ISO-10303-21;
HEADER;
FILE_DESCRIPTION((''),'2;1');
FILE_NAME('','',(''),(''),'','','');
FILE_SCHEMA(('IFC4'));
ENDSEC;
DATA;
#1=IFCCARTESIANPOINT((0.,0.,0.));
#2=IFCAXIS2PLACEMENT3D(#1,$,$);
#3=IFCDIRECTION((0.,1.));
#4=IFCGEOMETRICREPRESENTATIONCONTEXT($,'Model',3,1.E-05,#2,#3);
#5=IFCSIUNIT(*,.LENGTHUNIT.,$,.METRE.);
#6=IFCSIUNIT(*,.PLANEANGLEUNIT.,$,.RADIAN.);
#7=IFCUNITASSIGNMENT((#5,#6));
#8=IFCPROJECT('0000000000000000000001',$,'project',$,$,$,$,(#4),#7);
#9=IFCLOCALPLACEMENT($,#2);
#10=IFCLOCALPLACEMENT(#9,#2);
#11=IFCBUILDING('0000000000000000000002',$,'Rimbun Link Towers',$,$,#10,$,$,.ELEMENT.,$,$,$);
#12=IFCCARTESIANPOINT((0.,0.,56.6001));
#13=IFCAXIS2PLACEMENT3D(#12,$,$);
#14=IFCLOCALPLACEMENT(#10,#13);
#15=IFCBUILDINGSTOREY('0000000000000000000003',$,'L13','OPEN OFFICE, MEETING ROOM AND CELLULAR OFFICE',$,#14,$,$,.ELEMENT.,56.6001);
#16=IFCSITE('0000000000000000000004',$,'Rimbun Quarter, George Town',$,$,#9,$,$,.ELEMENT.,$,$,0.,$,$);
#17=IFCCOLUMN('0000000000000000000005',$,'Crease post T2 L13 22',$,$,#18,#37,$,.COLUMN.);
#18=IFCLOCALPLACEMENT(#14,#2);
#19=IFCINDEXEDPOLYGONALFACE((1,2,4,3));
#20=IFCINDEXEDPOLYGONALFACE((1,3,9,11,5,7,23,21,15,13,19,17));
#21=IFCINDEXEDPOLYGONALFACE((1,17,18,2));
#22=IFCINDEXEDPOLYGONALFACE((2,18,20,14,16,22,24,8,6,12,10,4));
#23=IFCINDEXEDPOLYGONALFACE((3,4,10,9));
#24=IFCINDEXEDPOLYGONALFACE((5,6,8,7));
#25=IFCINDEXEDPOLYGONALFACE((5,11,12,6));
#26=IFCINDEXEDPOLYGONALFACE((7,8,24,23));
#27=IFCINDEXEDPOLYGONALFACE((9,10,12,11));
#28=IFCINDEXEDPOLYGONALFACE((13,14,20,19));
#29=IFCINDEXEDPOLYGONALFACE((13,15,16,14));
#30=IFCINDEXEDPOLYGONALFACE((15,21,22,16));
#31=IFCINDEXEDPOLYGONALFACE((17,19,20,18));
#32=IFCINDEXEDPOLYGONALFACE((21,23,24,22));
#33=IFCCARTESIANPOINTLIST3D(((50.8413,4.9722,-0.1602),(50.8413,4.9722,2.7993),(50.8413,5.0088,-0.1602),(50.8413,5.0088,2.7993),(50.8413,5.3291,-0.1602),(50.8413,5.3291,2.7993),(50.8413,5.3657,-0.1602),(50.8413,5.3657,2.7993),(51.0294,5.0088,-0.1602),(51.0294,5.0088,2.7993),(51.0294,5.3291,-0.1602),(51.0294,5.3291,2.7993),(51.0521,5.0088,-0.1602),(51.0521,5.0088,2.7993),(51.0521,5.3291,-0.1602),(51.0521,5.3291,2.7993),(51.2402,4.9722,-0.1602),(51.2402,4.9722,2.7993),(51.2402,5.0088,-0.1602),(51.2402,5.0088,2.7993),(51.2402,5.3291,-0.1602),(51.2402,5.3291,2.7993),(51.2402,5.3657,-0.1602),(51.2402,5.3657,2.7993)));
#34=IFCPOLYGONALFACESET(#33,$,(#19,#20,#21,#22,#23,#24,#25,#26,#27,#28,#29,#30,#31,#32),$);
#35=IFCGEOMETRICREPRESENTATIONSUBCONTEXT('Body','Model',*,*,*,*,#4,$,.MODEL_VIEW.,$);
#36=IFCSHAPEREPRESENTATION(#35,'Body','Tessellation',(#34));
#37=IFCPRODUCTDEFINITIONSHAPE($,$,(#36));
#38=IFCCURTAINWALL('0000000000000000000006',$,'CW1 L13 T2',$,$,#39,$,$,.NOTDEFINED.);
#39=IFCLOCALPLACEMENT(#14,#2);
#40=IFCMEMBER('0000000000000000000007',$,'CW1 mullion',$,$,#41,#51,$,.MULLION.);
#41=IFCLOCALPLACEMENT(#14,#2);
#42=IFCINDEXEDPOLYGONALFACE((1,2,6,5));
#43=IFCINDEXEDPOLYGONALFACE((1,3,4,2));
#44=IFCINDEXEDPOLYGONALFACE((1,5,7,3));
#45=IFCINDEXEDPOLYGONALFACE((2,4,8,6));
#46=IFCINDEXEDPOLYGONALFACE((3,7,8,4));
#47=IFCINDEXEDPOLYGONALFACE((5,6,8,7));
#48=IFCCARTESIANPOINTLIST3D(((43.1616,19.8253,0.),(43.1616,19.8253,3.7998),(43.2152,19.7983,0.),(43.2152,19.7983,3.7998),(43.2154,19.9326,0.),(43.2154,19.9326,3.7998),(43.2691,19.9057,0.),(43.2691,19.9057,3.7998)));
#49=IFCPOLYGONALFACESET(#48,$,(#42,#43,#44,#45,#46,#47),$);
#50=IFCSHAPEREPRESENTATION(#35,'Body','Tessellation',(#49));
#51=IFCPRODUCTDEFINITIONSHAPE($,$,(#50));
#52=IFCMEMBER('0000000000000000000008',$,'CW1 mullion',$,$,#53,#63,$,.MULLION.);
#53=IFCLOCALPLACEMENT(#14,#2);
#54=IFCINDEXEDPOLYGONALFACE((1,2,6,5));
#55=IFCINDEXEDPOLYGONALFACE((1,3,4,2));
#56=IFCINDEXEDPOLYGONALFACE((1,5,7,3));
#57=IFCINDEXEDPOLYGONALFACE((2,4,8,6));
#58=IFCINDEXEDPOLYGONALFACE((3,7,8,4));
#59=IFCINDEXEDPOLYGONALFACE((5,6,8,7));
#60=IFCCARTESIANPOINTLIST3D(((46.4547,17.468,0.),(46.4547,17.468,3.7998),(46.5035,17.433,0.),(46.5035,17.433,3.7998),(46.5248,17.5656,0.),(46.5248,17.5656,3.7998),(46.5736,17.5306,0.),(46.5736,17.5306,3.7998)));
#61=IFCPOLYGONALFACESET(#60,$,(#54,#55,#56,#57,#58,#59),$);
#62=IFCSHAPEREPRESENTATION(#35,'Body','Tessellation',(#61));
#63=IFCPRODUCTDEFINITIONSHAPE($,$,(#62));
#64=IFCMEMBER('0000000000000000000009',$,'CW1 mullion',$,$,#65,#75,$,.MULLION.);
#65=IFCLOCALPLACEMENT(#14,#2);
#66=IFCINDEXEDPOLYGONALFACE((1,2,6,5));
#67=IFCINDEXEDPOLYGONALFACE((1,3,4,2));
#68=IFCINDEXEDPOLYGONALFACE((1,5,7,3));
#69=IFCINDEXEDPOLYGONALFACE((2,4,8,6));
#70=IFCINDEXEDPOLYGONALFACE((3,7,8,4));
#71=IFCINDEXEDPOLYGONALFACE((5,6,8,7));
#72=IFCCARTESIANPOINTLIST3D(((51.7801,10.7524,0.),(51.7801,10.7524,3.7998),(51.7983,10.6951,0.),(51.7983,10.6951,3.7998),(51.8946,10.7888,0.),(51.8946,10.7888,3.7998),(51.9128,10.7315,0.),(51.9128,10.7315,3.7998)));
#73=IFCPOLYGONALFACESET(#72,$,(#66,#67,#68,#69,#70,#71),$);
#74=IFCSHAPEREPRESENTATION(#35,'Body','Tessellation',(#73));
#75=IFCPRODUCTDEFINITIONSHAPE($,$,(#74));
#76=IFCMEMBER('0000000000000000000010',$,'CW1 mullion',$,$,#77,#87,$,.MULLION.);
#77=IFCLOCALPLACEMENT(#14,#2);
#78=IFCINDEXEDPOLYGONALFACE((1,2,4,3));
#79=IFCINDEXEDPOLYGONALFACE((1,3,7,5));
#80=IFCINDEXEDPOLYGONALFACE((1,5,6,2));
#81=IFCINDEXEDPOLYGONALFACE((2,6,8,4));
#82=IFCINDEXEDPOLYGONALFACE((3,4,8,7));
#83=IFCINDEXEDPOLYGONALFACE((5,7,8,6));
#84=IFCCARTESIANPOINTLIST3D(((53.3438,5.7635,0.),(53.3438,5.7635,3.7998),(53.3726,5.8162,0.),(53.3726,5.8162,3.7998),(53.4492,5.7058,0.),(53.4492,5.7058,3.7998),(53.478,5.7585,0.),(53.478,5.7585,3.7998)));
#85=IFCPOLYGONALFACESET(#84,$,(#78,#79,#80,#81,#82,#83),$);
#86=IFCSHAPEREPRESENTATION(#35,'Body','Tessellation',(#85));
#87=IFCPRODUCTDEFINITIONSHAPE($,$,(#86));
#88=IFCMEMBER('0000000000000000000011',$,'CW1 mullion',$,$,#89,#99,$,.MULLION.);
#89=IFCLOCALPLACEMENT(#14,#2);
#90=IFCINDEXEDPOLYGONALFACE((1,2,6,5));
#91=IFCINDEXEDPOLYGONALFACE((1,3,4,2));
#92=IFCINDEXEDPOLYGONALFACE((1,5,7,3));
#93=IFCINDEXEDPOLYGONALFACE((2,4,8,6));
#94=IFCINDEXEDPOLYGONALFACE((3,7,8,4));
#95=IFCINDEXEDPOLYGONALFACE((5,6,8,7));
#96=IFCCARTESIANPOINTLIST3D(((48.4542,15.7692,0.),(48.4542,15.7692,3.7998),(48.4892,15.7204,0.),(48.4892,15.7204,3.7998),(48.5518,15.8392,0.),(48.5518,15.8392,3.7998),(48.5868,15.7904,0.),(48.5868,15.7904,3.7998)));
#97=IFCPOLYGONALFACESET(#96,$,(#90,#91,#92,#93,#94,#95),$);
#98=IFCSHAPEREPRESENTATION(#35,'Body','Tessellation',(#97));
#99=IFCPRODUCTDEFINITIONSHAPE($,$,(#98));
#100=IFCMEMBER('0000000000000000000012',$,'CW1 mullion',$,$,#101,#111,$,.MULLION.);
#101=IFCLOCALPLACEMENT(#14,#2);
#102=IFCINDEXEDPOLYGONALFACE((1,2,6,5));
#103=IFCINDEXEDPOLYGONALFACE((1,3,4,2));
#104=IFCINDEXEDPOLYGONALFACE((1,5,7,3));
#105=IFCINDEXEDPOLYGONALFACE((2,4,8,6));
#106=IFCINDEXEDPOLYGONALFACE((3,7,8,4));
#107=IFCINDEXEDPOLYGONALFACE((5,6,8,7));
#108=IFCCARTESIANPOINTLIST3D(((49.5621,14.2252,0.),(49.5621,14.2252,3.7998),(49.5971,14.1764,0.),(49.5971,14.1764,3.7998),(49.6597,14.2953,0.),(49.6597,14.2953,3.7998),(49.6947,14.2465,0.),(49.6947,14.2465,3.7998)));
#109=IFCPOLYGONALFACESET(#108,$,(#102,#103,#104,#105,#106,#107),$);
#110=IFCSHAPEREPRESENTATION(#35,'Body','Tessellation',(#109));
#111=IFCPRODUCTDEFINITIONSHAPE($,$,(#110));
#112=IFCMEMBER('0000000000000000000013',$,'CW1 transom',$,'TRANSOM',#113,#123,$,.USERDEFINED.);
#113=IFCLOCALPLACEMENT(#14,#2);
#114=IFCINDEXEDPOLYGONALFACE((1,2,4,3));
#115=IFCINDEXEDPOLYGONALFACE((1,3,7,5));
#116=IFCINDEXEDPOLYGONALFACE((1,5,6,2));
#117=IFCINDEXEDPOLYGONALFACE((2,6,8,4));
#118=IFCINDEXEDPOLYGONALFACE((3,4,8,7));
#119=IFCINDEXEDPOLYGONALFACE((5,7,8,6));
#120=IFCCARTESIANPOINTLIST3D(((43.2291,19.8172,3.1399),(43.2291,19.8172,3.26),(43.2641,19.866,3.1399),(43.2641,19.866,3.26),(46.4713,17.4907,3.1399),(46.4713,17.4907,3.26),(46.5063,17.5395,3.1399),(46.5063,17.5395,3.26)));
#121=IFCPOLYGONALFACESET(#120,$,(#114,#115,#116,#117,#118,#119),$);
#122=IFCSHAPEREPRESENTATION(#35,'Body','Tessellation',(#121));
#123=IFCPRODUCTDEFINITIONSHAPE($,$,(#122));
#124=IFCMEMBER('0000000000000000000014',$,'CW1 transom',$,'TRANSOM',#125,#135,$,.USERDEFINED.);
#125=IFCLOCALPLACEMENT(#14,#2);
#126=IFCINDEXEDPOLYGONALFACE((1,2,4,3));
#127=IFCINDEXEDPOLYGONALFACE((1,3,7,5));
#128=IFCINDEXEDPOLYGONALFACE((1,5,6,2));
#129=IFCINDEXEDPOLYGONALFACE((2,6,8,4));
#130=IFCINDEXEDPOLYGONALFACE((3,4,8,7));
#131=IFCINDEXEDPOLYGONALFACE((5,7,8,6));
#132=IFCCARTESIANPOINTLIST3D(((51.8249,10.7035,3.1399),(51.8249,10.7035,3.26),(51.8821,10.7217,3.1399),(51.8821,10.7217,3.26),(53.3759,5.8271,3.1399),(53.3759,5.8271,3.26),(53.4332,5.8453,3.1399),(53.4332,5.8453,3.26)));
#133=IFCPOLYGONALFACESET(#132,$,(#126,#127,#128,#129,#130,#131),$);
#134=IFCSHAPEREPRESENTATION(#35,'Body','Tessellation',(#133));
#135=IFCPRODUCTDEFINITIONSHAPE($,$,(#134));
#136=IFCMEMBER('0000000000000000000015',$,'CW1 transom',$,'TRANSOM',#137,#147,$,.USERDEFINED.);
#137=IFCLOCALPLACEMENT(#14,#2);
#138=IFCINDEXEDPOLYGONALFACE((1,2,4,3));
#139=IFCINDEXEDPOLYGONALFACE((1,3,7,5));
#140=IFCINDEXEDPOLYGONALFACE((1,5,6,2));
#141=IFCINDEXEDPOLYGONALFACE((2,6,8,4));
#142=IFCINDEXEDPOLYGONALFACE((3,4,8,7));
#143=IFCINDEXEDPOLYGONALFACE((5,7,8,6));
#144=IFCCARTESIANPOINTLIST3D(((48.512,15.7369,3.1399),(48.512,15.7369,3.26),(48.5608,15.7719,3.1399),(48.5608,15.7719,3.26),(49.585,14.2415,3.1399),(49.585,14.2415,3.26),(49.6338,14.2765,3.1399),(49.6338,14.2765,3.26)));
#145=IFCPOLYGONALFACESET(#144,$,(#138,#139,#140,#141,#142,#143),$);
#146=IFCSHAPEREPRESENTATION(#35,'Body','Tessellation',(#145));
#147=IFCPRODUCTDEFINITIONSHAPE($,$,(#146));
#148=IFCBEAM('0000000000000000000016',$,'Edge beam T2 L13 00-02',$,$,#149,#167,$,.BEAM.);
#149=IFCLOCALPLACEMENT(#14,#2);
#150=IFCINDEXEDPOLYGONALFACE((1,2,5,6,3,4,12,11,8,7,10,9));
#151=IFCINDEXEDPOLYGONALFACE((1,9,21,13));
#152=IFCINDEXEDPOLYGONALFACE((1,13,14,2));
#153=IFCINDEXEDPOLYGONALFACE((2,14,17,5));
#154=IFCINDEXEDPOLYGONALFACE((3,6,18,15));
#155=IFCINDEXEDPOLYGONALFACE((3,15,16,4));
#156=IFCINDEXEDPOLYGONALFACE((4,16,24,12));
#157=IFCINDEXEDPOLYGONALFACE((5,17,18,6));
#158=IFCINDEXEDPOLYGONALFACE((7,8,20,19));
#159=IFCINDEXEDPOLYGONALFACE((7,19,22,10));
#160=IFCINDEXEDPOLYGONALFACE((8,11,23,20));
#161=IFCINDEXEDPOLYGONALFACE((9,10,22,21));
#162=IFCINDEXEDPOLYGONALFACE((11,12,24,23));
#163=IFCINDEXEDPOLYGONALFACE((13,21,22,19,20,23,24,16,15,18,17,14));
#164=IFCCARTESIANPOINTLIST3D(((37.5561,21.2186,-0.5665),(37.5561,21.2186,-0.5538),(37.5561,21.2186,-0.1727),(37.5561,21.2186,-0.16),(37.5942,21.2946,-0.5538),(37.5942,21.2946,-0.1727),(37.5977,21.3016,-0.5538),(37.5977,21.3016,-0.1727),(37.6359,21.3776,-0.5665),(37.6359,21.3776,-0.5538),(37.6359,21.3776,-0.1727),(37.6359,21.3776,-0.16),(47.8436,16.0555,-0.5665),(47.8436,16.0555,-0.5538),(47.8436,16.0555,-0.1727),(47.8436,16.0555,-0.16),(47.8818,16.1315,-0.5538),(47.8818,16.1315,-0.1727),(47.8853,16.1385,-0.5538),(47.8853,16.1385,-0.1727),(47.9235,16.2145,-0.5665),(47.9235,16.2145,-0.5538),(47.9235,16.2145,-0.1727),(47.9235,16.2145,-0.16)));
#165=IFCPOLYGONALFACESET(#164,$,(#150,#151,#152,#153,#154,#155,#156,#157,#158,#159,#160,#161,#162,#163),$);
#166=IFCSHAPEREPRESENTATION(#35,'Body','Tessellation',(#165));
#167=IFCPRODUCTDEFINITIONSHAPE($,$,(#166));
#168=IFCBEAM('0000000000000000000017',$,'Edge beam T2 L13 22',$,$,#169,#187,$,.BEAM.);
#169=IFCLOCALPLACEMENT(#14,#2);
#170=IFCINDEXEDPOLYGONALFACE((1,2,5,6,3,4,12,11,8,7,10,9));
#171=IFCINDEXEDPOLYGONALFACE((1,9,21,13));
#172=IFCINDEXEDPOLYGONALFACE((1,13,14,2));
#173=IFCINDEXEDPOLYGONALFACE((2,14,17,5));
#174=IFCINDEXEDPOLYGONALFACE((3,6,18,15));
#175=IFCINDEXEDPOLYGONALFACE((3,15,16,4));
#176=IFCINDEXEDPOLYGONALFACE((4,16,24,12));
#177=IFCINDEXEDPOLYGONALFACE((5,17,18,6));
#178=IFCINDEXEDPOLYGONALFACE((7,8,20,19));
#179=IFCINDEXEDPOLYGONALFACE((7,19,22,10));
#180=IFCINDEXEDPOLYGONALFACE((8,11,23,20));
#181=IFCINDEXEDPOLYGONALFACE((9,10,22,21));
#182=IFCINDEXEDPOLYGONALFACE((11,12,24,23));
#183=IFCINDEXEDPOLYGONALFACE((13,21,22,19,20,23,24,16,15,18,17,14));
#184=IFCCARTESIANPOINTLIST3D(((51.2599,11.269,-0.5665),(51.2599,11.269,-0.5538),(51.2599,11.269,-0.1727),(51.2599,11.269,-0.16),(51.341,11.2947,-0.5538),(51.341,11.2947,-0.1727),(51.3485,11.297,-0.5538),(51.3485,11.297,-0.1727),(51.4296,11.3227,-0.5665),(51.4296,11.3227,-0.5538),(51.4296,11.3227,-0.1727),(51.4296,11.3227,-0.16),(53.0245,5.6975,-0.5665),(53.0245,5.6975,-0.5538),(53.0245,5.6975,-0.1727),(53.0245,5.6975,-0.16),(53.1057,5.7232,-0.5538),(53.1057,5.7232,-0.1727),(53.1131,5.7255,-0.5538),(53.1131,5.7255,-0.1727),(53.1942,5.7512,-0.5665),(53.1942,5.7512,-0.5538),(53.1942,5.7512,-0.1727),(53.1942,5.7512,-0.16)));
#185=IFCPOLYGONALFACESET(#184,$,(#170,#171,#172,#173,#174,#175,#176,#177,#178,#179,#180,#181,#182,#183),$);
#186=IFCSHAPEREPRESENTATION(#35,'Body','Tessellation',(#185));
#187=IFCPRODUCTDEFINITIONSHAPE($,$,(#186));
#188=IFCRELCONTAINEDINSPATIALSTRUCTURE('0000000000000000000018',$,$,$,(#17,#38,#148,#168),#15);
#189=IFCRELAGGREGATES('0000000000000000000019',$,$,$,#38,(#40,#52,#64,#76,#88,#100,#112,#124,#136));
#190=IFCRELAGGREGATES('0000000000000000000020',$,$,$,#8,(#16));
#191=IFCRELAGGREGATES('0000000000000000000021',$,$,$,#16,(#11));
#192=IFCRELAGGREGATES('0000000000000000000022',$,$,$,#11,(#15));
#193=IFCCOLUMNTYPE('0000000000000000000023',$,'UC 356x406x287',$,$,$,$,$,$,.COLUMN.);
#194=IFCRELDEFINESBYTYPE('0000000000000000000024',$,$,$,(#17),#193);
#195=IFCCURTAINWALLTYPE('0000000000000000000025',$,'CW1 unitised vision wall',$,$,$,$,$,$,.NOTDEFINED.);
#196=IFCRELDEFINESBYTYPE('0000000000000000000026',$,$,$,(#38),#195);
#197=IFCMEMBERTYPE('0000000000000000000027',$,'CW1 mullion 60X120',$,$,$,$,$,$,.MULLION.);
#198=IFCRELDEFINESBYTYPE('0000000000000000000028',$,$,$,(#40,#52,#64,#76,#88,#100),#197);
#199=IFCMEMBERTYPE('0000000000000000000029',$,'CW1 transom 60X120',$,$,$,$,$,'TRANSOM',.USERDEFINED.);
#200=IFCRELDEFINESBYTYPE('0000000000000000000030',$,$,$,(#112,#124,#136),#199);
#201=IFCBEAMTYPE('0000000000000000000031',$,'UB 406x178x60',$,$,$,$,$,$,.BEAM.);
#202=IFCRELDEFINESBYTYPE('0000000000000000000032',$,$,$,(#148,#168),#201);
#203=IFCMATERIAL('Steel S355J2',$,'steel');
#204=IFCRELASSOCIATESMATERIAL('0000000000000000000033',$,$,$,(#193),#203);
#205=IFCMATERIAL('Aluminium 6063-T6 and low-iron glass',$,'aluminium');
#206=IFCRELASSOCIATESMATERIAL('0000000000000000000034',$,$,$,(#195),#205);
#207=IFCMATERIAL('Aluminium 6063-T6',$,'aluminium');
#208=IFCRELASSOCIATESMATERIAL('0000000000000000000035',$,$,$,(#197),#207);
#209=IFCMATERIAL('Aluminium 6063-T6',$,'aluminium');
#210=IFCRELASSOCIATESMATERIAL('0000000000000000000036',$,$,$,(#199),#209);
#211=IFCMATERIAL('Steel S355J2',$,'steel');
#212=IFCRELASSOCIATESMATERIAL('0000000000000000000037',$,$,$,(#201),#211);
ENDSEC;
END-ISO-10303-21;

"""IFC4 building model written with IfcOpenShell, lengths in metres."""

from ifc_helpers import new_model, si_unit, direction, frame, origin, origin_2d, place, context, subcontext, project, spatial, rectangle, i_section, extrude, material, material_profile, profile_set, type_object, element, aggregate, save


model = new_model("IFC4")

# Units and contexts
model_context = context("Model", 3, precision=1e-05, world=origin(), true_north=direction((0.0, 1.0)))
body_context = subcontext(model_context, "Body", "Model", "MODEL_VIEW")
ifc_project = project(units=[si_unit("LENGTHUNIT", "METRE"), si_unit("PLANEANGLEUNIT", "RADIAN")], contexts=[model_context])

# Site, building, storey
site_placement = place(None, origin())
site = spatial("IfcSite", under=ifc_project, at=site_placement, Name="Rimbun Quarter, George Town", CompositionType="ELEMENT", RefElevation=0.0)
building_placement = place(site_placement, origin())
building = spatial("IfcBuilding", under=site, at=building_placement, Name="Rimbun Link Towers", CompositionType="ELEMENT")
storey_placement = place(building_placement, frame((0.0, 0.0, 56.6001)))
storey = spatial("IfcBuildingStorey", under=building, at=storey_placement, Name="L13", Description="OPEN OFFICE, MEETING ROOM AND CELLULAR OFFICE", CompositionType="ELEMENT", Elevation=56.6001)

# Column
ifc_material_1 = material(Name="Steel S355J2", Category="steel")
ifc_material_profile_1 = material_profile(ifc_material_1, i_section(OverallWidth=0.3989, OverallDepth=0.3936, WebThickness=0.0227, FlangeThickness=0.0366, at=origin_2d()), Name="UC 356x406x287")
ifc_profile_set_1 = profile_set([ifc_material_profile_1], Name="Steel S355J2")
column_type = type_object("IfcColumnType", Name="UC 356x406x287", PredefinedType="COLUMN", material=ifc_profile_set_1)
column_placement = place(storey_placement, frame((51.0408, 5.1689, -0.1602), z_axis=(0.0, 0.0, 1.0), x_axis=(1.0, 0.0, 0.0)))
element("IfcColumn", 1, at=column_placement, inside=storey, type_object=column_type, Name="Crease post T2 L13 22", PredefinedType="COLUMN", context=body_context, shape_type="SweptSolid", body=[
    extrude(i_section(OverallWidth=0.3989, OverallDepth=0.3936, WebThickness=0.0227, FlangeThickness=0.0366, at=origin_2d()), origin(), (0.0, 0.0, 1.0), 2.9595),
])

# Curtain wall, members
ifc_material_2 = material(Name="Aluminium 6063-T6 and low-iron glass", Category="aluminium")
curtain_wall_type = type_object("IfcCurtainWallType", Name="CW1 unitised vision wall", PredefinedType="NOTDEFINED", material=ifc_material_2)
curtain_wall_placement = place(storey_placement, origin())
curtain_wall = element("IfcCurtainWall", 2, at=curtain_wall_placement, inside=storey, type_object=curtain_wall_type, Name="CW1 L13 T2", PredefinedType="NOTDEFINED")
ifc_material_3 = material(Name="Aluminium 6063-T6", Category="aluminium")
ifc_material_profile_2 = material_profile(ifc_material_3, rectangle(XDim=0.1201, YDim=0.0601, at=origin_2d()), Name="MULLION 60X120")
ifc_profile_set_2 = profile_set([ifc_material_profile_2], Name="Aluminium 6063-T6")
member_type_1 = type_object("IfcMemberType", Name="CW1 mullion 60X120", PredefinedType="MULLION", material=ifc_profile_set_2)
member_1_placement = place(storey_placement, frame((43.2153, 19.8655, 0.0), z_axis=(0.0, 0.0, 1.0), x_axis=(0.448574, 0.893746, 0.0)))
member_1 = element("IfcMember", 3, at=member_1_placement, type_object=member_type_1, Name="CW1 mullion", PredefinedType="MULLION", context=body_context, shape_type="SweptSolid", body=[
    extrude(rectangle(XDim=0.1201, YDim=0.0601, at=origin_2d()), origin(), (0.0, 0.0, 1.0), 3.7998),
])
member_2_placement = place(storey_placement, frame((46.5142, 17.4993, 0.0), z_axis=(0.0, 0.0, 1.0), x_axis=(0.583004, 0.812469, 0.0)))
member_2 = element("IfcMember", 4, at=member_2_placement, type_object=member_type_1, Name="CW1 mullion", PredefinedType="MULLION", context=body_context, shape_type="SweptSolid", body=[
    extrude(rectangle(XDim=0.1201, YDim=0.0601, at=origin_2d()), origin(), (0.0, 0.0, 1.0), 3.7998),
])
member_3_placement = place(storey_placement, frame((51.8464, 10.7419, 0.0), z_axis=(0.0, 0.0, 1.0), x_axis=(0.952967, 0.303073, 0.0)))
member_3 = element("IfcMember", 5, at=member_3_placement, type_object=member_type_1, Name="CW1 mullion", PredefinedType="MULLION", context=body_context, shape_type="SweptSolid", body=[
    extrude(rectangle(XDim=0.1201, YDim=0.0601, at=origin_2d()), origin(), (0.0, 0.0, 1.0), 3.7998),
])
member_4_placement = place(storey_placement, frame((53.4109, 5.761, 0.0), z_axis=(0.0, 0.0, 1.0), x_axis=(0.877319, -0.479908, 0.0)))
member_4 = element("IfcMember", 6, at=member_4_placement, type_object=member_type_1, Name="CW1 mullion", PredefinedType="MULLION", context=body_context, shape_type="SweptSolid", body=[
    extrude(rectangle(XDim=0.1201, YDim=0.0601, at=origin_2d()), origin(), (0.0, 0.0, 1.0), 3.7998),
])
member_5_placement = place(storey_placement, frame((48.5205, 15.7798, 0.0), z_axis=(0.0, 0.0, 1.0), x_axis=(0.812469, 0.583004, 0.0)))
member_5 = element("IfcMember", 7, at=member_5_placement, type_object=member_type_1, Name="CW1 mullion", PredefinedType="MULLION", context=body_context, shape_type="SweptSolid", body=[
    extrude(rectangle(XDim=0.1201, YDim=0.0601, at=origin_2d()), origin(), (0.0, 0.0, 1.0), 3.7998),
])
member_6_placement = place(storey_placement, frame((49.6284, 14.2358, 0.0), z_axis=(0.0, 0.0, 1.0), x_axis=(0.812469, 0.583004, 0.0)))
member_6 = element("IfcMember", 8, at=member_6_placement, type_object=member_type_1, Name="CW1 mullion", PredefinedType="MULLION", context=body_context, shape_type="SweptSolid", body=[
    extrude(rectangle(XDim=0.1201, YDim=0.0601, at=origin_2d()), origin(), (0.0, 0.0, 1.0), 3.7998),
])
ifc_material_4 = material(Name="Aluminium 6063-T6", Category="aluminium")
ifc_material_profile_3 = material_profile(ifc_material_4, rectangle(XDim=0.0601, YDim=0.1201, at=origin_2d()), Name="TRANSOM 60X120")
ifc_profile_set_3 = profile_set([ifc_material_profile_3], Name="Aluminium 6063-T6")
member_type_2 = type_object("IfcMemberType", Name="CW1 transom 60X120", ElementType="TRANSOM", PredefinedType="USERDEFINED", material=ifc_profile_set_3)
member_7_placement = place(storey_placement, frame((43.2466, 19.8416, 3.2), z_axis=(0.812479, -0.58299, 0.0), x_axis=(0.58299, 0.812479, 0.0)))
member_7 = element("IfcMember", 9, at=member_7_placement, type_object=member_type_2, Name="CW1 transom", ObjectType="TRANSOM", PredefinedType="USERDEFINED", context=body_context, shape_type="SweptSolid", body=[
    extrude(rectangle(XDim=0.0601, YDim=0.1201, at=origin_2d()), origin(), (0.0, 0.0, 1.0), 3.9905),
])
member_8_placement = place(storey_placement, frame((51.8535, 10.7126, 3.2), z_axis=(0.303101, -0.952958, 0.0), x_axis=(0.952958, 0.303101, 0.0)))
member_8 = element("IfcMember", 10, at=member_8_placement, type_object=member_type_2, Name="CW1 transom", ObjectType="TRANSOM", PredefinedType="USERDEFINED", context=body_context, shape_type="SweptSolid", body=[
    extrude(rectangle(XDim=0.0601, YDim=0.1201, at=origin_2d()), origin(), (0.0, 0.0, 1.0), 5.1172),
])
member_9_placement = place(storey_placement, frame((48.5364, 15.7544, 3.2), z_axis=(0.582994, -0.812477, 0.0), x_axis=(0.812477, 0.582994, 0.0)))
member_9 = element("IfcMember", 11, at=member_9_placement, type_object=member_type_2, Name="CW1 transom", ObjectType="TRANSOM", PredefinedType="USERDEFINED", context=body_context, shape_type="SweptSolid", body=[
    extrude(rectangle(XDim=0.0601, YDim=0.1201, at=origin_2d()), origin(), (0.0, 0.0, 1.0), 1.8406),
])

# Beams
ifc_material_5 = material(Name="Steel S355J2", Category="steel")
ifc_material_profile_4 = material_profile(ifc_material_5, i_section(OverallWidth=0.178, OverallDepth=0.4065, WebThickness=0.0078, FlangeThickness=0.0127, at=origin_2d()), Name="UB 406x178x60")
ifc_profile_set_4 = profile_set([ifc_material_profile_4], Name="Steel S355J2")
beam_type_1 = type_object("IfcBeamType", Name="UB 406x178x60", PredefinedType="BEAM", material=ifc_profile_set_4)
beam_1_placement = place(storey_placement, frame((47.8835, 16.135, -0.3633), z_axis=(-0.893756, 0.448554, 0.0), x_axis=(-0.448554, -0.893756, 0.0)))
element("IfcBeam", 12, at=beam_1_placement, inside=storey, type_object=beam_type_1, Name="Edge beam T2 L13 00-02", PredefinedType="BEAM", context=body_context, shape_type="SweptSolid", body=[
    extrude(i_section(OverallWidth=0.178, OverallDepth=0.4065, WebThickness=0.0078, FlangeThickness=0.0127, at=origin_2d()), origin(), (0.0, 0.0, 1.0), 11.5105),
])
beam_2_placement = place(storey_placement, frame((53.1094, 5.7244, -0.3633), z_axis=(-0.301943, 0.953326, 0.0), x_axis=(-0.953326, -0.301943, 0.0)))
element("IfcBeam", 13, at=beam_2_placement, inside=storey, type_object=beam_type_1, Name="Edge beam T2 L13 22", PredefinedType="BEAM", context=body_context, shape_type="SweptSolid", body=[
    extrude(i_section(OverallWidth=0.178, OverallDepth=0.4065, WebThickness=0.0078, FlangeThickness=0.0127, at=origin_2d()), origin(), (0.0, 0.0, 1.0), 5.8442),
])

aggregate(curtain_wall, [member_1, member_2, member_3, member_4, member_5, member_6, member_7, member_8, member_9])

save(model, "model.ifc")
